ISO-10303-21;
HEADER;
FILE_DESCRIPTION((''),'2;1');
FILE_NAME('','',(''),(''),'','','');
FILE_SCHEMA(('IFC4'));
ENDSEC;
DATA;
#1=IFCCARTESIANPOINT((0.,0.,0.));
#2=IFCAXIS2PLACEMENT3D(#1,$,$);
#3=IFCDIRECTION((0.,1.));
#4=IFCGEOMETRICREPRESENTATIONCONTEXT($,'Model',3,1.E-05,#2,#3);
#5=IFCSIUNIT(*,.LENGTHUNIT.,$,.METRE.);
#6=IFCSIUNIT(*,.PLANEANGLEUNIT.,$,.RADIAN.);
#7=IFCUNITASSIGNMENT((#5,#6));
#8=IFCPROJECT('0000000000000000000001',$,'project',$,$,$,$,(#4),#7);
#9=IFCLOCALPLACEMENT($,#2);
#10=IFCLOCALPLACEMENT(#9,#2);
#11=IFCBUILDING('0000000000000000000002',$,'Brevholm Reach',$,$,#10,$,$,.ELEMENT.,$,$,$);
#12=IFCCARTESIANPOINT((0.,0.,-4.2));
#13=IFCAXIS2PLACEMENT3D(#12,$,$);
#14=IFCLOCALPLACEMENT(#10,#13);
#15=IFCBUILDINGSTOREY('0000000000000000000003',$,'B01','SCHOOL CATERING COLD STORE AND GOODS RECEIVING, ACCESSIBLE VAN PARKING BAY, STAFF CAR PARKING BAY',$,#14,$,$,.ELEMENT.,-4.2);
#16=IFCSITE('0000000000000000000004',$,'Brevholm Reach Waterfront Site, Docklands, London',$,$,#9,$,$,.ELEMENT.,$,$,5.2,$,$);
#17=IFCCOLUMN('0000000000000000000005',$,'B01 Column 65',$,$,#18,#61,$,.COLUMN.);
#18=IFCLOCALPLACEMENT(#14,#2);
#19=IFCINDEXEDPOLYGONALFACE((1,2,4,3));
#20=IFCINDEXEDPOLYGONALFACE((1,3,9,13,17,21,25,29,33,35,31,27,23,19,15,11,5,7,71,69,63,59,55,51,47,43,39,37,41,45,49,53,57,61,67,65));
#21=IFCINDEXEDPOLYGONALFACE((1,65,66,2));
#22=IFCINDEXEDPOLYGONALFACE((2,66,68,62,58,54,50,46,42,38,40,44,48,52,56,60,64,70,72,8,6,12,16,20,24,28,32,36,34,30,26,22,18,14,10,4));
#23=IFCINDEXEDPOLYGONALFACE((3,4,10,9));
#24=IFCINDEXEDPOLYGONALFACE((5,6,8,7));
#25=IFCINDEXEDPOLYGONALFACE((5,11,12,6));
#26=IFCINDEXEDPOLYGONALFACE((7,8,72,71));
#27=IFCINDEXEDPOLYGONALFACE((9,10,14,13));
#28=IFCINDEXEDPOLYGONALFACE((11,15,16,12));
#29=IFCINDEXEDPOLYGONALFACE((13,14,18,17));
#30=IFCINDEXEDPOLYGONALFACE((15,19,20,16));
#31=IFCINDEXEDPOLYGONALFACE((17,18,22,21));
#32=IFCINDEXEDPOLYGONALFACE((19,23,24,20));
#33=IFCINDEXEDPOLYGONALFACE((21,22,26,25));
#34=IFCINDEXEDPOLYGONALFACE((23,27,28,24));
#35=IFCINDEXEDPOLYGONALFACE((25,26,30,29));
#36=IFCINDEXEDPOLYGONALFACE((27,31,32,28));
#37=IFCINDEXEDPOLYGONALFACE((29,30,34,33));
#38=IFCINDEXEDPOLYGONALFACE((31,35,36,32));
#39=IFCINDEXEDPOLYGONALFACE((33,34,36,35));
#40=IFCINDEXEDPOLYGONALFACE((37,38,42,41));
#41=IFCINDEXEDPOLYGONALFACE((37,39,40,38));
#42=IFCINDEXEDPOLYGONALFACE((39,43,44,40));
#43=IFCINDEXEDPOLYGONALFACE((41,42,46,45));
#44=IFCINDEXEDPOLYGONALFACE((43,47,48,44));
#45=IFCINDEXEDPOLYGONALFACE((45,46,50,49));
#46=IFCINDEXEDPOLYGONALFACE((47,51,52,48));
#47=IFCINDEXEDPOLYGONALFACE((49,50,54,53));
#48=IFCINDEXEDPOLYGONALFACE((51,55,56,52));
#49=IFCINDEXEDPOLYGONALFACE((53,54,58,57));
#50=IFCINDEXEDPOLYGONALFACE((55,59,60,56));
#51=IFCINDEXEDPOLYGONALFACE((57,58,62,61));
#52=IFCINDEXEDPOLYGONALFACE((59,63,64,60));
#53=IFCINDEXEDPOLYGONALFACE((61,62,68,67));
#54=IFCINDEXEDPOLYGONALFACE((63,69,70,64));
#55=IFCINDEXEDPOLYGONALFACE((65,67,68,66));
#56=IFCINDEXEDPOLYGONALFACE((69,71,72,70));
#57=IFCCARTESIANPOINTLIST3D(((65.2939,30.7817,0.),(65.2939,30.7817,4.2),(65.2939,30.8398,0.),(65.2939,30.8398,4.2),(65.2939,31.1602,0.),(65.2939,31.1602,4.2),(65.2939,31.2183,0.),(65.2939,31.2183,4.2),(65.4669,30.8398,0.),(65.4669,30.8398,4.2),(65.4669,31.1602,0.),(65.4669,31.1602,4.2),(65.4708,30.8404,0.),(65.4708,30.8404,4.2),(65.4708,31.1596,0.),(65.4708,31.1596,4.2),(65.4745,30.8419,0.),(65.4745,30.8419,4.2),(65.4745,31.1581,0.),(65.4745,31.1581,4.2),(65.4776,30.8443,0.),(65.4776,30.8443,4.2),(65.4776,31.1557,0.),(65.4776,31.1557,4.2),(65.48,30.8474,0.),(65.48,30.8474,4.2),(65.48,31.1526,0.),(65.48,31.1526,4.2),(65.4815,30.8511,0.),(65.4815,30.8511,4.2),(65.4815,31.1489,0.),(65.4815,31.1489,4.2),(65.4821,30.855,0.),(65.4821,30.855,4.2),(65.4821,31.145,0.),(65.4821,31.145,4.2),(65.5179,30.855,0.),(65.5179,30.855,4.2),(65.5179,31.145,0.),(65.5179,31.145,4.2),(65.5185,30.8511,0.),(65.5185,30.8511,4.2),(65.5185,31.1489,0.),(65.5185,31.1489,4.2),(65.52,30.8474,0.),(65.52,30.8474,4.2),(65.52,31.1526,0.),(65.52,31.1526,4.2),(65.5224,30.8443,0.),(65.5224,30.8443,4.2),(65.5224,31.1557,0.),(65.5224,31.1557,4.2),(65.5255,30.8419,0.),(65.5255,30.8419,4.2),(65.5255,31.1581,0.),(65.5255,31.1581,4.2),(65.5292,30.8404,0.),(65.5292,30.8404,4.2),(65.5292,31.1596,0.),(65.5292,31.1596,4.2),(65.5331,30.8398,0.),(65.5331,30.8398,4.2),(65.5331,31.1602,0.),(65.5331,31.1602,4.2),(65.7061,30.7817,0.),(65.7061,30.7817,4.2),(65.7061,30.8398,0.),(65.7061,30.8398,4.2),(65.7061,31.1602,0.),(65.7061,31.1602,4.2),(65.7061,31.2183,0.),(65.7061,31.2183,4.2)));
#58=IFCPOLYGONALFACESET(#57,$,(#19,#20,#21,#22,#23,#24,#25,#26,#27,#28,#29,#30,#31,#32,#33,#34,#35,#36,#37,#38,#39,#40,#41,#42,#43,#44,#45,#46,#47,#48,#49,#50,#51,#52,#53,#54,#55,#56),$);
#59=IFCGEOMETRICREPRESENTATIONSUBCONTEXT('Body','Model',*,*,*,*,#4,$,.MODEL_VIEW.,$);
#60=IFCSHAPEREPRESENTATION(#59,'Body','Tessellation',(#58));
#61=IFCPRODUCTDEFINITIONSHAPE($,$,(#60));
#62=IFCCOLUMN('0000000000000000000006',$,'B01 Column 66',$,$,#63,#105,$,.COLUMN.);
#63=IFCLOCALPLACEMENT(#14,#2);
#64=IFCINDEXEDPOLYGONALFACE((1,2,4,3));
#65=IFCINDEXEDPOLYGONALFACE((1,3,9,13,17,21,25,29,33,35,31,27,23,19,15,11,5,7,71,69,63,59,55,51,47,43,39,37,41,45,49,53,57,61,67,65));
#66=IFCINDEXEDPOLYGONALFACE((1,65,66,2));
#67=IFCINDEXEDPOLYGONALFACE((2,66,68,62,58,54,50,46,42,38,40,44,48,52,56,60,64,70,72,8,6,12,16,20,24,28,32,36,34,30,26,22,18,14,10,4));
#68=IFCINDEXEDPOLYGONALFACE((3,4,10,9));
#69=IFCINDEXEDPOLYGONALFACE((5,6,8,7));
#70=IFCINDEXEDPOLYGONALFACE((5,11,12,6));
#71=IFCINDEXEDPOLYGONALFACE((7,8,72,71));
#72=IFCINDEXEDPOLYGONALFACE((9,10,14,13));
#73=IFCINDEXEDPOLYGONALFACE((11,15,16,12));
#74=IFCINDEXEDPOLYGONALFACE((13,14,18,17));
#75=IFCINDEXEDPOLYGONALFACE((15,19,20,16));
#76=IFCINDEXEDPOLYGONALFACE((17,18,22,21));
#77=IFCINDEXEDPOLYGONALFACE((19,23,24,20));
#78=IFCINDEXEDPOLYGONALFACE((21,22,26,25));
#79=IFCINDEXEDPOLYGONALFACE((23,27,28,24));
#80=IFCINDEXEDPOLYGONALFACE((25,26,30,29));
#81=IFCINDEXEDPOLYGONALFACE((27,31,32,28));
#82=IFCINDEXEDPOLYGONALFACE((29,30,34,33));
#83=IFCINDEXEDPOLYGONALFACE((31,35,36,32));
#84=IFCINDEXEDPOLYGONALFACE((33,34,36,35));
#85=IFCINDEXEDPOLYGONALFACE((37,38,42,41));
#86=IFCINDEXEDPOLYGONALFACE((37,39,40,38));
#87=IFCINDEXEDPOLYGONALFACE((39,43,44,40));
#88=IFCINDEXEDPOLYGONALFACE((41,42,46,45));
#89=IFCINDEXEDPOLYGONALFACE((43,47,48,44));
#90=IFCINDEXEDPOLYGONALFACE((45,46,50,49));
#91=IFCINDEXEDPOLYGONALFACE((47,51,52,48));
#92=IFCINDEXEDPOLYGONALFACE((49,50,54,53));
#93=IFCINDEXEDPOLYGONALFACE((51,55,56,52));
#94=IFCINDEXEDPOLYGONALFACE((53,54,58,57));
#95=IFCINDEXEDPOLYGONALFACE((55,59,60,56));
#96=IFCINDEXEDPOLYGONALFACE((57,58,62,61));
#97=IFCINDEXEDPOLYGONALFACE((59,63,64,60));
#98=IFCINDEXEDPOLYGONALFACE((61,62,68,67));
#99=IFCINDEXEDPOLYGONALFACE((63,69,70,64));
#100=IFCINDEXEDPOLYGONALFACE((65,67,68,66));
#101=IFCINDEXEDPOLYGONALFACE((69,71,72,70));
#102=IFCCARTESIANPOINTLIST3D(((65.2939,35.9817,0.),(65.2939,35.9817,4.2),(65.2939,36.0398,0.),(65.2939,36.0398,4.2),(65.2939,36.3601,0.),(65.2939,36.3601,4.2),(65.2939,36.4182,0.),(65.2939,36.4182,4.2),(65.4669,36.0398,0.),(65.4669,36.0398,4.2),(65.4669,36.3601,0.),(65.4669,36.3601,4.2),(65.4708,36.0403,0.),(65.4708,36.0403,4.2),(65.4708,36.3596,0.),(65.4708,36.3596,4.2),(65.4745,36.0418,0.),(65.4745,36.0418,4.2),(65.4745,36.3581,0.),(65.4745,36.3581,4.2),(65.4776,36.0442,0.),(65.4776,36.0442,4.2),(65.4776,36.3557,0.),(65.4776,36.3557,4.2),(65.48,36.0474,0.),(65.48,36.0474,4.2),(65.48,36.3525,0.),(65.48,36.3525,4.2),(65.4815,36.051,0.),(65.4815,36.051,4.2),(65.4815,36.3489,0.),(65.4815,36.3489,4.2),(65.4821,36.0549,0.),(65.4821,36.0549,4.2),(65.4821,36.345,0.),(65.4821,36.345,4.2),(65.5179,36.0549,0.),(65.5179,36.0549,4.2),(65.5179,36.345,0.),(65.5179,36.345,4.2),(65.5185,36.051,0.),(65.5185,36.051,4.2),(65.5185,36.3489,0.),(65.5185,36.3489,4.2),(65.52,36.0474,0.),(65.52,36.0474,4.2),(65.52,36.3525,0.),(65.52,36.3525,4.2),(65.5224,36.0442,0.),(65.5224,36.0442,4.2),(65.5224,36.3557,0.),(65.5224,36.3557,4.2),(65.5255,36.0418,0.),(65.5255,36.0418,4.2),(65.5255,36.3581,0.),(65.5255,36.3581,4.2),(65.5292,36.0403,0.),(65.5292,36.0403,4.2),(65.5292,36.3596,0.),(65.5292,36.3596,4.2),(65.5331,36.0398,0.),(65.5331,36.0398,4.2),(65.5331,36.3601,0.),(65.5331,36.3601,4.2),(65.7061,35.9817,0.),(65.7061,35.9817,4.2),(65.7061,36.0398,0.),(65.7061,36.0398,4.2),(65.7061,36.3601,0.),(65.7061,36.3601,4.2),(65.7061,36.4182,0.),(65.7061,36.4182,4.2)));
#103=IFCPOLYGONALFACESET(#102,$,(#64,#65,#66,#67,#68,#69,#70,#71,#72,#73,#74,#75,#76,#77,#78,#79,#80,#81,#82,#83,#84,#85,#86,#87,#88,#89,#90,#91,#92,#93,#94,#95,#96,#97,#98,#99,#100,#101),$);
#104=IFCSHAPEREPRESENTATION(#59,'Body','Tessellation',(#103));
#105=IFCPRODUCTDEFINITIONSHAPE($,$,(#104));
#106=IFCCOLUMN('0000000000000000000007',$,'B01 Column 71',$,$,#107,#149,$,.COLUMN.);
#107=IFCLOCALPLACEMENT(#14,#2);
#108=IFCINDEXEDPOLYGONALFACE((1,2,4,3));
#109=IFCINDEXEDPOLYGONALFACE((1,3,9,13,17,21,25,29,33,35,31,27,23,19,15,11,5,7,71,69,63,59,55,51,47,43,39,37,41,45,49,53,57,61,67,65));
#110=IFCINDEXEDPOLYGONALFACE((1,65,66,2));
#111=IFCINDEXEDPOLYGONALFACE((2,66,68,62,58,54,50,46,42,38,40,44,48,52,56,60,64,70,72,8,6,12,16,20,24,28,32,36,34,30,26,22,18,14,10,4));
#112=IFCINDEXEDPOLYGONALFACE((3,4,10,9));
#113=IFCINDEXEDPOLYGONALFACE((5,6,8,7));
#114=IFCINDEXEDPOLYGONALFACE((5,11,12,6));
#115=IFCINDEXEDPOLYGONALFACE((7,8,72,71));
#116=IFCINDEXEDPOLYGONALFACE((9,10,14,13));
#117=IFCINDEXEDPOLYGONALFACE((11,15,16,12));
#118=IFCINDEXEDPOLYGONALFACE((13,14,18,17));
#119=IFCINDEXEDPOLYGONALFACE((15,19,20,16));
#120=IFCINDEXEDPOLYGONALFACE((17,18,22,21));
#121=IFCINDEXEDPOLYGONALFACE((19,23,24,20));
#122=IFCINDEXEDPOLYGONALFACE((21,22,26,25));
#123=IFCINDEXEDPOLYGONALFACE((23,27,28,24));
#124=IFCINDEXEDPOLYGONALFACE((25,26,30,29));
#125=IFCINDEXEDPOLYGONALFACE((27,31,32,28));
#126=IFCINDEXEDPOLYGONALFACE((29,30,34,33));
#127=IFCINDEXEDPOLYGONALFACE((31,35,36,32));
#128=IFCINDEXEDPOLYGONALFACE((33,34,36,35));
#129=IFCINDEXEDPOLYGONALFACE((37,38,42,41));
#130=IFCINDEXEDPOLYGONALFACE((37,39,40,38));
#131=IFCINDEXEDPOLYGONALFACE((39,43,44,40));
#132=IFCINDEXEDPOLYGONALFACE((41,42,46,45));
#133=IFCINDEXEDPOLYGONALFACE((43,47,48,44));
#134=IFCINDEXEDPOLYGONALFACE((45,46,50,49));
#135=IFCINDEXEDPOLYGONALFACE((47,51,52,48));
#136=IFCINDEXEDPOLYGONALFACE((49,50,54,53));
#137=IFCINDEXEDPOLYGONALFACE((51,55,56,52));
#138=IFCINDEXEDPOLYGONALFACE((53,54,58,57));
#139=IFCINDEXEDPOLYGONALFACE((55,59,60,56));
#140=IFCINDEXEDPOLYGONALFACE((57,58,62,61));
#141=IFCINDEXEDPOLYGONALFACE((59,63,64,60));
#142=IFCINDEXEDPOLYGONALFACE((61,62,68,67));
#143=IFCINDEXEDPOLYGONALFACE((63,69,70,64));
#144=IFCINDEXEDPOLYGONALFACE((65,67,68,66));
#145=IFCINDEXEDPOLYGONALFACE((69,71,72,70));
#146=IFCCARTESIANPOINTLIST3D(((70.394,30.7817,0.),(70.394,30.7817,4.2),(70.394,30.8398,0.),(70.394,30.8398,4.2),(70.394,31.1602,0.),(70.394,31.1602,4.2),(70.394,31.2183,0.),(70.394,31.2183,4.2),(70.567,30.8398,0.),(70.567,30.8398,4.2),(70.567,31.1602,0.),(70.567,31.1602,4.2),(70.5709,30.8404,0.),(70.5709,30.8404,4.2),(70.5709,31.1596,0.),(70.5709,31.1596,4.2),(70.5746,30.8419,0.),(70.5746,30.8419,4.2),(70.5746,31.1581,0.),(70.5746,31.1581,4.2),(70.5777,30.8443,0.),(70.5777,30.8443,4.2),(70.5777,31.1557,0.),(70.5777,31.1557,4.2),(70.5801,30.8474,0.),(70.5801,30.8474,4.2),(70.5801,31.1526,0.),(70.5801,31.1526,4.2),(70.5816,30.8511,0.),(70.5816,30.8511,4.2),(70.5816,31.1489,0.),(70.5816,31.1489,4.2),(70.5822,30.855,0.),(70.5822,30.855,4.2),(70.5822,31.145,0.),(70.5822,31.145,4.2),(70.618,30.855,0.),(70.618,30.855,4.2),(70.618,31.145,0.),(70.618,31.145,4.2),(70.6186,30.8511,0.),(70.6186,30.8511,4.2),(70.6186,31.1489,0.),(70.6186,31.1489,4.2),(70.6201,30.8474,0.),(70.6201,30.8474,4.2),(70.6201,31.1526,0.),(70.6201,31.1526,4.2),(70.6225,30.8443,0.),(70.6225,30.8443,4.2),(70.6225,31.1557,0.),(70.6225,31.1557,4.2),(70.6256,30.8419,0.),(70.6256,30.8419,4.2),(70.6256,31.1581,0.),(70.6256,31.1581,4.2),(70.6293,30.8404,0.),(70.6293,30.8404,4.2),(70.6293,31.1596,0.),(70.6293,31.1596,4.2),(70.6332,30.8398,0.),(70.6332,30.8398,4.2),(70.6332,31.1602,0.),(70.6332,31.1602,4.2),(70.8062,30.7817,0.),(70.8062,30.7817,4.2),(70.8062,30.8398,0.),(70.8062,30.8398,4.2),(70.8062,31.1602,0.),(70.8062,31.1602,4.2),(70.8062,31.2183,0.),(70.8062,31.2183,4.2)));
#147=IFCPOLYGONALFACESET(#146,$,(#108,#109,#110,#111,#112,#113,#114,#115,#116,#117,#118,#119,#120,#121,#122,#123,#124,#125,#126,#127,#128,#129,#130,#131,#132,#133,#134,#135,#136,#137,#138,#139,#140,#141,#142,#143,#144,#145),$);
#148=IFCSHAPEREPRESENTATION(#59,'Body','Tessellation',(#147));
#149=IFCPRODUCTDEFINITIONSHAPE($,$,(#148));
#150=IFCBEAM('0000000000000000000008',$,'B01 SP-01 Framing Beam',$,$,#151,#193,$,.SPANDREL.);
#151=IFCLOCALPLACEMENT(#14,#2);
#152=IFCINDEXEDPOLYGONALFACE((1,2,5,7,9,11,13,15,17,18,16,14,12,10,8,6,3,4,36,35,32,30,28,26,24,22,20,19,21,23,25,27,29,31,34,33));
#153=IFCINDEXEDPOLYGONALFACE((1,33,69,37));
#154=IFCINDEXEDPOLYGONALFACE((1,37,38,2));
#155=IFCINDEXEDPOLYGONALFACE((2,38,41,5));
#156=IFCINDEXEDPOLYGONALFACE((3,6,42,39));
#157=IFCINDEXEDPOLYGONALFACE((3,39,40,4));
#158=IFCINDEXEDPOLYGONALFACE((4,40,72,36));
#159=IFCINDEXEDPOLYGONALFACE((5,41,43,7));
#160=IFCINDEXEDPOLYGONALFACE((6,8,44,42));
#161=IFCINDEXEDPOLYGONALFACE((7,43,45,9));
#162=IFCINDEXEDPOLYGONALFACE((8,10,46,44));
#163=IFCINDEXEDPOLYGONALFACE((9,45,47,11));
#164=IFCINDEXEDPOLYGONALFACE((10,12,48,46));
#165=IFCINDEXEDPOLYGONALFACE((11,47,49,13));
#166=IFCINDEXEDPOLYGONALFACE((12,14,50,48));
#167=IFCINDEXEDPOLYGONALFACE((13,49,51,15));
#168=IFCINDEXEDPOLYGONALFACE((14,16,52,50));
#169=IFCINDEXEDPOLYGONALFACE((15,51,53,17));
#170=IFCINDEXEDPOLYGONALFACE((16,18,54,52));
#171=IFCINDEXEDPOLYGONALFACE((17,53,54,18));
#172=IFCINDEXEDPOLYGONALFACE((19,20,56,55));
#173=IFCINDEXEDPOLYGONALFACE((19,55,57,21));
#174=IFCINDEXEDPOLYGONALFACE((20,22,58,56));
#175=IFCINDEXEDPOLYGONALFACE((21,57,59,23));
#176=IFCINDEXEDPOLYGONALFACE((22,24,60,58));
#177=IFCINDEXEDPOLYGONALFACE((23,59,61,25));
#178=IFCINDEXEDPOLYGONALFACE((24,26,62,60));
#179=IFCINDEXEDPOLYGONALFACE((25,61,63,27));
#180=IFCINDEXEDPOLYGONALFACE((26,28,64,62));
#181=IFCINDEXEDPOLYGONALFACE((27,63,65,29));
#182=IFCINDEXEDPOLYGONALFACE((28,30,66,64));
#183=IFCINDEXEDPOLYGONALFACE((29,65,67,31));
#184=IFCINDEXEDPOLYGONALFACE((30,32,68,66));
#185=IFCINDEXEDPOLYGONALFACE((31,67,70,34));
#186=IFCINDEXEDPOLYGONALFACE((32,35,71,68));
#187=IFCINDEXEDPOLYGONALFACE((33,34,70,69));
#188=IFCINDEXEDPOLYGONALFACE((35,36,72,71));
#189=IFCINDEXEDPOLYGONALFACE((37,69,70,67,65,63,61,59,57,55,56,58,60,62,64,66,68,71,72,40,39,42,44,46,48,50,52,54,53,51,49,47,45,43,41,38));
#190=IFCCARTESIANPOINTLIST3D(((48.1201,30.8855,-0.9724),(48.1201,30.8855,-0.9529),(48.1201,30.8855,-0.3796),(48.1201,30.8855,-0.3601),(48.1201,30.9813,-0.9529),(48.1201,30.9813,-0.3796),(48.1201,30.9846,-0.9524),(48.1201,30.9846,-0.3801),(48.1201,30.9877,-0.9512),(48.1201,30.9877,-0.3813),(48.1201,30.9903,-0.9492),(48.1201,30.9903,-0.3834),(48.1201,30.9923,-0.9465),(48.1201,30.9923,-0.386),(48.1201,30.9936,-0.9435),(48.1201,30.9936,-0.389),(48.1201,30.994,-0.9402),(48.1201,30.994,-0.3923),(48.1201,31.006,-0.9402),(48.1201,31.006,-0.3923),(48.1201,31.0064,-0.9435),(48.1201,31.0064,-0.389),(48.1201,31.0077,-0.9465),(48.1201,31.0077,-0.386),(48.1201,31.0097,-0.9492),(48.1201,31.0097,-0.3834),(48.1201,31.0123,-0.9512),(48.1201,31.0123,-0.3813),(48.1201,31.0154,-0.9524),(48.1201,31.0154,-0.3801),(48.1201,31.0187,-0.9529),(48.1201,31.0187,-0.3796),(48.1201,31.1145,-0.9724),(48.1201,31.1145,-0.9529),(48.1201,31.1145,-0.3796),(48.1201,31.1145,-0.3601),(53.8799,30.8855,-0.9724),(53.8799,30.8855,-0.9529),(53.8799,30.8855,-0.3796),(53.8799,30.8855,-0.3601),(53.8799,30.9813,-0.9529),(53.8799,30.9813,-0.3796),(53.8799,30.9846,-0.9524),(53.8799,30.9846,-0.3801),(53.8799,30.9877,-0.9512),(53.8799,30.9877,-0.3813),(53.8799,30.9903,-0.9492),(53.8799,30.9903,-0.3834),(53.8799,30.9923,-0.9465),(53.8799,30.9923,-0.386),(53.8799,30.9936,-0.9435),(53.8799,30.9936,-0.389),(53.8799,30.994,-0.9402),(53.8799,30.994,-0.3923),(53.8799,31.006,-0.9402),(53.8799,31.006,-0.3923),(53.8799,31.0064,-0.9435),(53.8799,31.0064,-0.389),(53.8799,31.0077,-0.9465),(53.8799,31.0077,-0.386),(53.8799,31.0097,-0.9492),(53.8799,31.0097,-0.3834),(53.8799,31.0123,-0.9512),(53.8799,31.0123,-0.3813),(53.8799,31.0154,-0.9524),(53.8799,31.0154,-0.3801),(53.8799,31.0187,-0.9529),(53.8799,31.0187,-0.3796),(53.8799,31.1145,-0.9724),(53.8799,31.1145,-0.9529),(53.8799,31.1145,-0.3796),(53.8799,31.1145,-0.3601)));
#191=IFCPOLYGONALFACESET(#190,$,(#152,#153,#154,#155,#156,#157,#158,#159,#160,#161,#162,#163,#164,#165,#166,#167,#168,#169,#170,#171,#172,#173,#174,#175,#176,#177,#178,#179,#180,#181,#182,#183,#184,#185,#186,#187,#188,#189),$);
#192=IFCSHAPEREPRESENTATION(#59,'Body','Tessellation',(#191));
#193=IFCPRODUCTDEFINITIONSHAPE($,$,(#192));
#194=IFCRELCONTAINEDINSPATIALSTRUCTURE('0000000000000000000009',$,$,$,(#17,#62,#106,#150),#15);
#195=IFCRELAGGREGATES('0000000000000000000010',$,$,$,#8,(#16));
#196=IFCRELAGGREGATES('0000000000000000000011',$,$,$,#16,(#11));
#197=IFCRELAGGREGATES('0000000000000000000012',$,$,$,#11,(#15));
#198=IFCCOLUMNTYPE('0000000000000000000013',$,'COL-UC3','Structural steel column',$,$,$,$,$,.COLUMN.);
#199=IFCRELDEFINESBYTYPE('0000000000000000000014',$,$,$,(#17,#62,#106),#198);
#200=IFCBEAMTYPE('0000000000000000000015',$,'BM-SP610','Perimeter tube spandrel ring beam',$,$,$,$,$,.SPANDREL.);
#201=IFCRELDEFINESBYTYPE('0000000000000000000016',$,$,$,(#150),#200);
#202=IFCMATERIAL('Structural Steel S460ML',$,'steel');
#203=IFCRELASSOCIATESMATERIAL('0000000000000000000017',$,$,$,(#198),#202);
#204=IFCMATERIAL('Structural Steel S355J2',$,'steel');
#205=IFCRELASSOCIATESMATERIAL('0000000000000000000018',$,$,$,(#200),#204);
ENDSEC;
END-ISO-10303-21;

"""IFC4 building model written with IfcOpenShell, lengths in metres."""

from ifc_helpers import new_model, si_unit, direction, frame, origin, origin_2d, place, context, subcontext, project, spatial, i_section, extrude, material, material_profile, profile_set, type_object, element, save


model = new_model("IFC4")

# Units and contexts
model_context = context("Model", 3, precision=1e-05, world=origin(), true_north=direction((0.0, 1.0)))
body_context = subcontext(model_context, "Body", "Model", "MODEL_VIEW")
ifc_project = project(units=[si_unit("LENGTHUNIT", "METRE"), si_unit("PLANEANGLEUNIT", "RADIAN")], contexts=[model_context])

# Site, building, storey
site_placement = place(None, origin())
site = spatial("IfcSite", under=ifc_project, at=site_placement, Name="Brevholm Reach Waterfront Site, Docklands, London", CompositionType="ELEMENT", RefElevation=5.2)
building_placement = place(site_placement, origin())
building = spatial("IfcBuilding", under=site, at=building_placement, Name="Brevholm Reach", CompositionType="ELEMENT")
storey_placement = place(building_placement, frame((0.0, 0.0, -4.2)))
storey = spatial("IfcBuildingStorey", under=building, at=storey_placement, Name="B01", Description="SCHOOL CATERING COLD STORE AND GOODS RECEIVING, ACCESSIBLE VAN PARKING BAY, STAFF CAR PARKING BAY", CompositionType="ELEMENT", Elevation=-4.2)

# Columns
ifc_material_1 = material(Name="Structural Steel S460ML", Category="steel")
ifc_material_profile_1 = material_profile(ifc_material_1, i_section(OverallWidth=0.4121, OverallDepth=0.4365, WebThickness=0.0359, FlangeThickness=0.0581, FilletRadius=0.0151, at=origin_2d()), Name="UKC 356x406x467")
ifc_profile_set_1 = profile_set([ifc_material_profile_1], Name="Structural Steel S460ML")
column_type_1 = type_object("IfcColumnType", Name="COL-UC3", Description="Structural steel column", PredefinedType="COLUMN", material=ifc_profile_set_1)
for number, where, z_axis, x_axis, name in (
    (1, (65.5, 31.0, 0.0), (0.0, 0.0, 1.0), (1.0, 0.0, 0.0), "B01 Column 65"),
    (2, (65.5, 36.2, 0.0), (0.0, 0.0, 1.0), (1.0, 0.0, 0.0), "B01 Column 66"),
    (3, (70.6001, 31.0, 0.0), (0.0, 0.0, 1.0), (1.0, 0.0, 0.0), "B01 Column 71"),
):
    element("IfcColumn", number, at=place(storey_placement, frame(where, z_axis=z_axis, x_axis=x_axis)), inside=storey, type_object=column_type_1, Name=name, PredefinedType="COLUMN", context=body_context, shape_type="SweptSolid", body=[
        extrude(i_section(OverallWidth=0.4121, OverallDepth=0.4365, WebThickness=0.0359, FlangeThickness=0.0581, FilletRadius=0.0151, at=origin_2d()), origin(), (0.0, 0.0, 1.0), 4.2),
    ])

# Beam
ifc_material_2 = material(Name="Structural Steel S355J2", Category="steel")
ifc_material_profile_2 = material_profile(ifc_material_2, i_section(OverallWidth=0.229, OverallDepth=0.6123, WebThickness=0.012, FlangeThickness=0.0195, FilletRadius=0.0127, at=origin_2d()), Name="UKB 610x229x125")
ifc_profile_set_2 = profile_set([ifc_material_profile_2], Name="Structural Steel S355J2")
beam_type_1 = type_object("IfcBeamType", Name="BM-SP610", Description="Perimeter tube spandrel ring beam", PredefinedType="SPANDREL", material=ifc_profile_set_2)
for number, where, z_axis, x_axis, name in (
    (4, (48.1201, 31.0, -0.6663), (1.0, 0.0, 0.0), (0.0, 1.0, 0.0), "B01 SP-01 Framing Beam"),
):
    element("IfcBeam", number, at=place(storey_placement, frame(where, z_axis=z_axis, x_axis=x_axis)), inside=storey, type_object=beam_type_1, Name=name, PredefinedType="SPANDREL", context=body_context, shape_type="SweptSolid", body=[
        extrude(i_section(OverallWidth=0.229, OverallDepth=0.6123, WebThickness=0.012, FlangeThickness=0.0195, FilletRadius=0.0127, at=origin_2d()), origin(), (0.0, 0.0, 1.0), 5.7598),
    ])

save(model, "model.ifc")
